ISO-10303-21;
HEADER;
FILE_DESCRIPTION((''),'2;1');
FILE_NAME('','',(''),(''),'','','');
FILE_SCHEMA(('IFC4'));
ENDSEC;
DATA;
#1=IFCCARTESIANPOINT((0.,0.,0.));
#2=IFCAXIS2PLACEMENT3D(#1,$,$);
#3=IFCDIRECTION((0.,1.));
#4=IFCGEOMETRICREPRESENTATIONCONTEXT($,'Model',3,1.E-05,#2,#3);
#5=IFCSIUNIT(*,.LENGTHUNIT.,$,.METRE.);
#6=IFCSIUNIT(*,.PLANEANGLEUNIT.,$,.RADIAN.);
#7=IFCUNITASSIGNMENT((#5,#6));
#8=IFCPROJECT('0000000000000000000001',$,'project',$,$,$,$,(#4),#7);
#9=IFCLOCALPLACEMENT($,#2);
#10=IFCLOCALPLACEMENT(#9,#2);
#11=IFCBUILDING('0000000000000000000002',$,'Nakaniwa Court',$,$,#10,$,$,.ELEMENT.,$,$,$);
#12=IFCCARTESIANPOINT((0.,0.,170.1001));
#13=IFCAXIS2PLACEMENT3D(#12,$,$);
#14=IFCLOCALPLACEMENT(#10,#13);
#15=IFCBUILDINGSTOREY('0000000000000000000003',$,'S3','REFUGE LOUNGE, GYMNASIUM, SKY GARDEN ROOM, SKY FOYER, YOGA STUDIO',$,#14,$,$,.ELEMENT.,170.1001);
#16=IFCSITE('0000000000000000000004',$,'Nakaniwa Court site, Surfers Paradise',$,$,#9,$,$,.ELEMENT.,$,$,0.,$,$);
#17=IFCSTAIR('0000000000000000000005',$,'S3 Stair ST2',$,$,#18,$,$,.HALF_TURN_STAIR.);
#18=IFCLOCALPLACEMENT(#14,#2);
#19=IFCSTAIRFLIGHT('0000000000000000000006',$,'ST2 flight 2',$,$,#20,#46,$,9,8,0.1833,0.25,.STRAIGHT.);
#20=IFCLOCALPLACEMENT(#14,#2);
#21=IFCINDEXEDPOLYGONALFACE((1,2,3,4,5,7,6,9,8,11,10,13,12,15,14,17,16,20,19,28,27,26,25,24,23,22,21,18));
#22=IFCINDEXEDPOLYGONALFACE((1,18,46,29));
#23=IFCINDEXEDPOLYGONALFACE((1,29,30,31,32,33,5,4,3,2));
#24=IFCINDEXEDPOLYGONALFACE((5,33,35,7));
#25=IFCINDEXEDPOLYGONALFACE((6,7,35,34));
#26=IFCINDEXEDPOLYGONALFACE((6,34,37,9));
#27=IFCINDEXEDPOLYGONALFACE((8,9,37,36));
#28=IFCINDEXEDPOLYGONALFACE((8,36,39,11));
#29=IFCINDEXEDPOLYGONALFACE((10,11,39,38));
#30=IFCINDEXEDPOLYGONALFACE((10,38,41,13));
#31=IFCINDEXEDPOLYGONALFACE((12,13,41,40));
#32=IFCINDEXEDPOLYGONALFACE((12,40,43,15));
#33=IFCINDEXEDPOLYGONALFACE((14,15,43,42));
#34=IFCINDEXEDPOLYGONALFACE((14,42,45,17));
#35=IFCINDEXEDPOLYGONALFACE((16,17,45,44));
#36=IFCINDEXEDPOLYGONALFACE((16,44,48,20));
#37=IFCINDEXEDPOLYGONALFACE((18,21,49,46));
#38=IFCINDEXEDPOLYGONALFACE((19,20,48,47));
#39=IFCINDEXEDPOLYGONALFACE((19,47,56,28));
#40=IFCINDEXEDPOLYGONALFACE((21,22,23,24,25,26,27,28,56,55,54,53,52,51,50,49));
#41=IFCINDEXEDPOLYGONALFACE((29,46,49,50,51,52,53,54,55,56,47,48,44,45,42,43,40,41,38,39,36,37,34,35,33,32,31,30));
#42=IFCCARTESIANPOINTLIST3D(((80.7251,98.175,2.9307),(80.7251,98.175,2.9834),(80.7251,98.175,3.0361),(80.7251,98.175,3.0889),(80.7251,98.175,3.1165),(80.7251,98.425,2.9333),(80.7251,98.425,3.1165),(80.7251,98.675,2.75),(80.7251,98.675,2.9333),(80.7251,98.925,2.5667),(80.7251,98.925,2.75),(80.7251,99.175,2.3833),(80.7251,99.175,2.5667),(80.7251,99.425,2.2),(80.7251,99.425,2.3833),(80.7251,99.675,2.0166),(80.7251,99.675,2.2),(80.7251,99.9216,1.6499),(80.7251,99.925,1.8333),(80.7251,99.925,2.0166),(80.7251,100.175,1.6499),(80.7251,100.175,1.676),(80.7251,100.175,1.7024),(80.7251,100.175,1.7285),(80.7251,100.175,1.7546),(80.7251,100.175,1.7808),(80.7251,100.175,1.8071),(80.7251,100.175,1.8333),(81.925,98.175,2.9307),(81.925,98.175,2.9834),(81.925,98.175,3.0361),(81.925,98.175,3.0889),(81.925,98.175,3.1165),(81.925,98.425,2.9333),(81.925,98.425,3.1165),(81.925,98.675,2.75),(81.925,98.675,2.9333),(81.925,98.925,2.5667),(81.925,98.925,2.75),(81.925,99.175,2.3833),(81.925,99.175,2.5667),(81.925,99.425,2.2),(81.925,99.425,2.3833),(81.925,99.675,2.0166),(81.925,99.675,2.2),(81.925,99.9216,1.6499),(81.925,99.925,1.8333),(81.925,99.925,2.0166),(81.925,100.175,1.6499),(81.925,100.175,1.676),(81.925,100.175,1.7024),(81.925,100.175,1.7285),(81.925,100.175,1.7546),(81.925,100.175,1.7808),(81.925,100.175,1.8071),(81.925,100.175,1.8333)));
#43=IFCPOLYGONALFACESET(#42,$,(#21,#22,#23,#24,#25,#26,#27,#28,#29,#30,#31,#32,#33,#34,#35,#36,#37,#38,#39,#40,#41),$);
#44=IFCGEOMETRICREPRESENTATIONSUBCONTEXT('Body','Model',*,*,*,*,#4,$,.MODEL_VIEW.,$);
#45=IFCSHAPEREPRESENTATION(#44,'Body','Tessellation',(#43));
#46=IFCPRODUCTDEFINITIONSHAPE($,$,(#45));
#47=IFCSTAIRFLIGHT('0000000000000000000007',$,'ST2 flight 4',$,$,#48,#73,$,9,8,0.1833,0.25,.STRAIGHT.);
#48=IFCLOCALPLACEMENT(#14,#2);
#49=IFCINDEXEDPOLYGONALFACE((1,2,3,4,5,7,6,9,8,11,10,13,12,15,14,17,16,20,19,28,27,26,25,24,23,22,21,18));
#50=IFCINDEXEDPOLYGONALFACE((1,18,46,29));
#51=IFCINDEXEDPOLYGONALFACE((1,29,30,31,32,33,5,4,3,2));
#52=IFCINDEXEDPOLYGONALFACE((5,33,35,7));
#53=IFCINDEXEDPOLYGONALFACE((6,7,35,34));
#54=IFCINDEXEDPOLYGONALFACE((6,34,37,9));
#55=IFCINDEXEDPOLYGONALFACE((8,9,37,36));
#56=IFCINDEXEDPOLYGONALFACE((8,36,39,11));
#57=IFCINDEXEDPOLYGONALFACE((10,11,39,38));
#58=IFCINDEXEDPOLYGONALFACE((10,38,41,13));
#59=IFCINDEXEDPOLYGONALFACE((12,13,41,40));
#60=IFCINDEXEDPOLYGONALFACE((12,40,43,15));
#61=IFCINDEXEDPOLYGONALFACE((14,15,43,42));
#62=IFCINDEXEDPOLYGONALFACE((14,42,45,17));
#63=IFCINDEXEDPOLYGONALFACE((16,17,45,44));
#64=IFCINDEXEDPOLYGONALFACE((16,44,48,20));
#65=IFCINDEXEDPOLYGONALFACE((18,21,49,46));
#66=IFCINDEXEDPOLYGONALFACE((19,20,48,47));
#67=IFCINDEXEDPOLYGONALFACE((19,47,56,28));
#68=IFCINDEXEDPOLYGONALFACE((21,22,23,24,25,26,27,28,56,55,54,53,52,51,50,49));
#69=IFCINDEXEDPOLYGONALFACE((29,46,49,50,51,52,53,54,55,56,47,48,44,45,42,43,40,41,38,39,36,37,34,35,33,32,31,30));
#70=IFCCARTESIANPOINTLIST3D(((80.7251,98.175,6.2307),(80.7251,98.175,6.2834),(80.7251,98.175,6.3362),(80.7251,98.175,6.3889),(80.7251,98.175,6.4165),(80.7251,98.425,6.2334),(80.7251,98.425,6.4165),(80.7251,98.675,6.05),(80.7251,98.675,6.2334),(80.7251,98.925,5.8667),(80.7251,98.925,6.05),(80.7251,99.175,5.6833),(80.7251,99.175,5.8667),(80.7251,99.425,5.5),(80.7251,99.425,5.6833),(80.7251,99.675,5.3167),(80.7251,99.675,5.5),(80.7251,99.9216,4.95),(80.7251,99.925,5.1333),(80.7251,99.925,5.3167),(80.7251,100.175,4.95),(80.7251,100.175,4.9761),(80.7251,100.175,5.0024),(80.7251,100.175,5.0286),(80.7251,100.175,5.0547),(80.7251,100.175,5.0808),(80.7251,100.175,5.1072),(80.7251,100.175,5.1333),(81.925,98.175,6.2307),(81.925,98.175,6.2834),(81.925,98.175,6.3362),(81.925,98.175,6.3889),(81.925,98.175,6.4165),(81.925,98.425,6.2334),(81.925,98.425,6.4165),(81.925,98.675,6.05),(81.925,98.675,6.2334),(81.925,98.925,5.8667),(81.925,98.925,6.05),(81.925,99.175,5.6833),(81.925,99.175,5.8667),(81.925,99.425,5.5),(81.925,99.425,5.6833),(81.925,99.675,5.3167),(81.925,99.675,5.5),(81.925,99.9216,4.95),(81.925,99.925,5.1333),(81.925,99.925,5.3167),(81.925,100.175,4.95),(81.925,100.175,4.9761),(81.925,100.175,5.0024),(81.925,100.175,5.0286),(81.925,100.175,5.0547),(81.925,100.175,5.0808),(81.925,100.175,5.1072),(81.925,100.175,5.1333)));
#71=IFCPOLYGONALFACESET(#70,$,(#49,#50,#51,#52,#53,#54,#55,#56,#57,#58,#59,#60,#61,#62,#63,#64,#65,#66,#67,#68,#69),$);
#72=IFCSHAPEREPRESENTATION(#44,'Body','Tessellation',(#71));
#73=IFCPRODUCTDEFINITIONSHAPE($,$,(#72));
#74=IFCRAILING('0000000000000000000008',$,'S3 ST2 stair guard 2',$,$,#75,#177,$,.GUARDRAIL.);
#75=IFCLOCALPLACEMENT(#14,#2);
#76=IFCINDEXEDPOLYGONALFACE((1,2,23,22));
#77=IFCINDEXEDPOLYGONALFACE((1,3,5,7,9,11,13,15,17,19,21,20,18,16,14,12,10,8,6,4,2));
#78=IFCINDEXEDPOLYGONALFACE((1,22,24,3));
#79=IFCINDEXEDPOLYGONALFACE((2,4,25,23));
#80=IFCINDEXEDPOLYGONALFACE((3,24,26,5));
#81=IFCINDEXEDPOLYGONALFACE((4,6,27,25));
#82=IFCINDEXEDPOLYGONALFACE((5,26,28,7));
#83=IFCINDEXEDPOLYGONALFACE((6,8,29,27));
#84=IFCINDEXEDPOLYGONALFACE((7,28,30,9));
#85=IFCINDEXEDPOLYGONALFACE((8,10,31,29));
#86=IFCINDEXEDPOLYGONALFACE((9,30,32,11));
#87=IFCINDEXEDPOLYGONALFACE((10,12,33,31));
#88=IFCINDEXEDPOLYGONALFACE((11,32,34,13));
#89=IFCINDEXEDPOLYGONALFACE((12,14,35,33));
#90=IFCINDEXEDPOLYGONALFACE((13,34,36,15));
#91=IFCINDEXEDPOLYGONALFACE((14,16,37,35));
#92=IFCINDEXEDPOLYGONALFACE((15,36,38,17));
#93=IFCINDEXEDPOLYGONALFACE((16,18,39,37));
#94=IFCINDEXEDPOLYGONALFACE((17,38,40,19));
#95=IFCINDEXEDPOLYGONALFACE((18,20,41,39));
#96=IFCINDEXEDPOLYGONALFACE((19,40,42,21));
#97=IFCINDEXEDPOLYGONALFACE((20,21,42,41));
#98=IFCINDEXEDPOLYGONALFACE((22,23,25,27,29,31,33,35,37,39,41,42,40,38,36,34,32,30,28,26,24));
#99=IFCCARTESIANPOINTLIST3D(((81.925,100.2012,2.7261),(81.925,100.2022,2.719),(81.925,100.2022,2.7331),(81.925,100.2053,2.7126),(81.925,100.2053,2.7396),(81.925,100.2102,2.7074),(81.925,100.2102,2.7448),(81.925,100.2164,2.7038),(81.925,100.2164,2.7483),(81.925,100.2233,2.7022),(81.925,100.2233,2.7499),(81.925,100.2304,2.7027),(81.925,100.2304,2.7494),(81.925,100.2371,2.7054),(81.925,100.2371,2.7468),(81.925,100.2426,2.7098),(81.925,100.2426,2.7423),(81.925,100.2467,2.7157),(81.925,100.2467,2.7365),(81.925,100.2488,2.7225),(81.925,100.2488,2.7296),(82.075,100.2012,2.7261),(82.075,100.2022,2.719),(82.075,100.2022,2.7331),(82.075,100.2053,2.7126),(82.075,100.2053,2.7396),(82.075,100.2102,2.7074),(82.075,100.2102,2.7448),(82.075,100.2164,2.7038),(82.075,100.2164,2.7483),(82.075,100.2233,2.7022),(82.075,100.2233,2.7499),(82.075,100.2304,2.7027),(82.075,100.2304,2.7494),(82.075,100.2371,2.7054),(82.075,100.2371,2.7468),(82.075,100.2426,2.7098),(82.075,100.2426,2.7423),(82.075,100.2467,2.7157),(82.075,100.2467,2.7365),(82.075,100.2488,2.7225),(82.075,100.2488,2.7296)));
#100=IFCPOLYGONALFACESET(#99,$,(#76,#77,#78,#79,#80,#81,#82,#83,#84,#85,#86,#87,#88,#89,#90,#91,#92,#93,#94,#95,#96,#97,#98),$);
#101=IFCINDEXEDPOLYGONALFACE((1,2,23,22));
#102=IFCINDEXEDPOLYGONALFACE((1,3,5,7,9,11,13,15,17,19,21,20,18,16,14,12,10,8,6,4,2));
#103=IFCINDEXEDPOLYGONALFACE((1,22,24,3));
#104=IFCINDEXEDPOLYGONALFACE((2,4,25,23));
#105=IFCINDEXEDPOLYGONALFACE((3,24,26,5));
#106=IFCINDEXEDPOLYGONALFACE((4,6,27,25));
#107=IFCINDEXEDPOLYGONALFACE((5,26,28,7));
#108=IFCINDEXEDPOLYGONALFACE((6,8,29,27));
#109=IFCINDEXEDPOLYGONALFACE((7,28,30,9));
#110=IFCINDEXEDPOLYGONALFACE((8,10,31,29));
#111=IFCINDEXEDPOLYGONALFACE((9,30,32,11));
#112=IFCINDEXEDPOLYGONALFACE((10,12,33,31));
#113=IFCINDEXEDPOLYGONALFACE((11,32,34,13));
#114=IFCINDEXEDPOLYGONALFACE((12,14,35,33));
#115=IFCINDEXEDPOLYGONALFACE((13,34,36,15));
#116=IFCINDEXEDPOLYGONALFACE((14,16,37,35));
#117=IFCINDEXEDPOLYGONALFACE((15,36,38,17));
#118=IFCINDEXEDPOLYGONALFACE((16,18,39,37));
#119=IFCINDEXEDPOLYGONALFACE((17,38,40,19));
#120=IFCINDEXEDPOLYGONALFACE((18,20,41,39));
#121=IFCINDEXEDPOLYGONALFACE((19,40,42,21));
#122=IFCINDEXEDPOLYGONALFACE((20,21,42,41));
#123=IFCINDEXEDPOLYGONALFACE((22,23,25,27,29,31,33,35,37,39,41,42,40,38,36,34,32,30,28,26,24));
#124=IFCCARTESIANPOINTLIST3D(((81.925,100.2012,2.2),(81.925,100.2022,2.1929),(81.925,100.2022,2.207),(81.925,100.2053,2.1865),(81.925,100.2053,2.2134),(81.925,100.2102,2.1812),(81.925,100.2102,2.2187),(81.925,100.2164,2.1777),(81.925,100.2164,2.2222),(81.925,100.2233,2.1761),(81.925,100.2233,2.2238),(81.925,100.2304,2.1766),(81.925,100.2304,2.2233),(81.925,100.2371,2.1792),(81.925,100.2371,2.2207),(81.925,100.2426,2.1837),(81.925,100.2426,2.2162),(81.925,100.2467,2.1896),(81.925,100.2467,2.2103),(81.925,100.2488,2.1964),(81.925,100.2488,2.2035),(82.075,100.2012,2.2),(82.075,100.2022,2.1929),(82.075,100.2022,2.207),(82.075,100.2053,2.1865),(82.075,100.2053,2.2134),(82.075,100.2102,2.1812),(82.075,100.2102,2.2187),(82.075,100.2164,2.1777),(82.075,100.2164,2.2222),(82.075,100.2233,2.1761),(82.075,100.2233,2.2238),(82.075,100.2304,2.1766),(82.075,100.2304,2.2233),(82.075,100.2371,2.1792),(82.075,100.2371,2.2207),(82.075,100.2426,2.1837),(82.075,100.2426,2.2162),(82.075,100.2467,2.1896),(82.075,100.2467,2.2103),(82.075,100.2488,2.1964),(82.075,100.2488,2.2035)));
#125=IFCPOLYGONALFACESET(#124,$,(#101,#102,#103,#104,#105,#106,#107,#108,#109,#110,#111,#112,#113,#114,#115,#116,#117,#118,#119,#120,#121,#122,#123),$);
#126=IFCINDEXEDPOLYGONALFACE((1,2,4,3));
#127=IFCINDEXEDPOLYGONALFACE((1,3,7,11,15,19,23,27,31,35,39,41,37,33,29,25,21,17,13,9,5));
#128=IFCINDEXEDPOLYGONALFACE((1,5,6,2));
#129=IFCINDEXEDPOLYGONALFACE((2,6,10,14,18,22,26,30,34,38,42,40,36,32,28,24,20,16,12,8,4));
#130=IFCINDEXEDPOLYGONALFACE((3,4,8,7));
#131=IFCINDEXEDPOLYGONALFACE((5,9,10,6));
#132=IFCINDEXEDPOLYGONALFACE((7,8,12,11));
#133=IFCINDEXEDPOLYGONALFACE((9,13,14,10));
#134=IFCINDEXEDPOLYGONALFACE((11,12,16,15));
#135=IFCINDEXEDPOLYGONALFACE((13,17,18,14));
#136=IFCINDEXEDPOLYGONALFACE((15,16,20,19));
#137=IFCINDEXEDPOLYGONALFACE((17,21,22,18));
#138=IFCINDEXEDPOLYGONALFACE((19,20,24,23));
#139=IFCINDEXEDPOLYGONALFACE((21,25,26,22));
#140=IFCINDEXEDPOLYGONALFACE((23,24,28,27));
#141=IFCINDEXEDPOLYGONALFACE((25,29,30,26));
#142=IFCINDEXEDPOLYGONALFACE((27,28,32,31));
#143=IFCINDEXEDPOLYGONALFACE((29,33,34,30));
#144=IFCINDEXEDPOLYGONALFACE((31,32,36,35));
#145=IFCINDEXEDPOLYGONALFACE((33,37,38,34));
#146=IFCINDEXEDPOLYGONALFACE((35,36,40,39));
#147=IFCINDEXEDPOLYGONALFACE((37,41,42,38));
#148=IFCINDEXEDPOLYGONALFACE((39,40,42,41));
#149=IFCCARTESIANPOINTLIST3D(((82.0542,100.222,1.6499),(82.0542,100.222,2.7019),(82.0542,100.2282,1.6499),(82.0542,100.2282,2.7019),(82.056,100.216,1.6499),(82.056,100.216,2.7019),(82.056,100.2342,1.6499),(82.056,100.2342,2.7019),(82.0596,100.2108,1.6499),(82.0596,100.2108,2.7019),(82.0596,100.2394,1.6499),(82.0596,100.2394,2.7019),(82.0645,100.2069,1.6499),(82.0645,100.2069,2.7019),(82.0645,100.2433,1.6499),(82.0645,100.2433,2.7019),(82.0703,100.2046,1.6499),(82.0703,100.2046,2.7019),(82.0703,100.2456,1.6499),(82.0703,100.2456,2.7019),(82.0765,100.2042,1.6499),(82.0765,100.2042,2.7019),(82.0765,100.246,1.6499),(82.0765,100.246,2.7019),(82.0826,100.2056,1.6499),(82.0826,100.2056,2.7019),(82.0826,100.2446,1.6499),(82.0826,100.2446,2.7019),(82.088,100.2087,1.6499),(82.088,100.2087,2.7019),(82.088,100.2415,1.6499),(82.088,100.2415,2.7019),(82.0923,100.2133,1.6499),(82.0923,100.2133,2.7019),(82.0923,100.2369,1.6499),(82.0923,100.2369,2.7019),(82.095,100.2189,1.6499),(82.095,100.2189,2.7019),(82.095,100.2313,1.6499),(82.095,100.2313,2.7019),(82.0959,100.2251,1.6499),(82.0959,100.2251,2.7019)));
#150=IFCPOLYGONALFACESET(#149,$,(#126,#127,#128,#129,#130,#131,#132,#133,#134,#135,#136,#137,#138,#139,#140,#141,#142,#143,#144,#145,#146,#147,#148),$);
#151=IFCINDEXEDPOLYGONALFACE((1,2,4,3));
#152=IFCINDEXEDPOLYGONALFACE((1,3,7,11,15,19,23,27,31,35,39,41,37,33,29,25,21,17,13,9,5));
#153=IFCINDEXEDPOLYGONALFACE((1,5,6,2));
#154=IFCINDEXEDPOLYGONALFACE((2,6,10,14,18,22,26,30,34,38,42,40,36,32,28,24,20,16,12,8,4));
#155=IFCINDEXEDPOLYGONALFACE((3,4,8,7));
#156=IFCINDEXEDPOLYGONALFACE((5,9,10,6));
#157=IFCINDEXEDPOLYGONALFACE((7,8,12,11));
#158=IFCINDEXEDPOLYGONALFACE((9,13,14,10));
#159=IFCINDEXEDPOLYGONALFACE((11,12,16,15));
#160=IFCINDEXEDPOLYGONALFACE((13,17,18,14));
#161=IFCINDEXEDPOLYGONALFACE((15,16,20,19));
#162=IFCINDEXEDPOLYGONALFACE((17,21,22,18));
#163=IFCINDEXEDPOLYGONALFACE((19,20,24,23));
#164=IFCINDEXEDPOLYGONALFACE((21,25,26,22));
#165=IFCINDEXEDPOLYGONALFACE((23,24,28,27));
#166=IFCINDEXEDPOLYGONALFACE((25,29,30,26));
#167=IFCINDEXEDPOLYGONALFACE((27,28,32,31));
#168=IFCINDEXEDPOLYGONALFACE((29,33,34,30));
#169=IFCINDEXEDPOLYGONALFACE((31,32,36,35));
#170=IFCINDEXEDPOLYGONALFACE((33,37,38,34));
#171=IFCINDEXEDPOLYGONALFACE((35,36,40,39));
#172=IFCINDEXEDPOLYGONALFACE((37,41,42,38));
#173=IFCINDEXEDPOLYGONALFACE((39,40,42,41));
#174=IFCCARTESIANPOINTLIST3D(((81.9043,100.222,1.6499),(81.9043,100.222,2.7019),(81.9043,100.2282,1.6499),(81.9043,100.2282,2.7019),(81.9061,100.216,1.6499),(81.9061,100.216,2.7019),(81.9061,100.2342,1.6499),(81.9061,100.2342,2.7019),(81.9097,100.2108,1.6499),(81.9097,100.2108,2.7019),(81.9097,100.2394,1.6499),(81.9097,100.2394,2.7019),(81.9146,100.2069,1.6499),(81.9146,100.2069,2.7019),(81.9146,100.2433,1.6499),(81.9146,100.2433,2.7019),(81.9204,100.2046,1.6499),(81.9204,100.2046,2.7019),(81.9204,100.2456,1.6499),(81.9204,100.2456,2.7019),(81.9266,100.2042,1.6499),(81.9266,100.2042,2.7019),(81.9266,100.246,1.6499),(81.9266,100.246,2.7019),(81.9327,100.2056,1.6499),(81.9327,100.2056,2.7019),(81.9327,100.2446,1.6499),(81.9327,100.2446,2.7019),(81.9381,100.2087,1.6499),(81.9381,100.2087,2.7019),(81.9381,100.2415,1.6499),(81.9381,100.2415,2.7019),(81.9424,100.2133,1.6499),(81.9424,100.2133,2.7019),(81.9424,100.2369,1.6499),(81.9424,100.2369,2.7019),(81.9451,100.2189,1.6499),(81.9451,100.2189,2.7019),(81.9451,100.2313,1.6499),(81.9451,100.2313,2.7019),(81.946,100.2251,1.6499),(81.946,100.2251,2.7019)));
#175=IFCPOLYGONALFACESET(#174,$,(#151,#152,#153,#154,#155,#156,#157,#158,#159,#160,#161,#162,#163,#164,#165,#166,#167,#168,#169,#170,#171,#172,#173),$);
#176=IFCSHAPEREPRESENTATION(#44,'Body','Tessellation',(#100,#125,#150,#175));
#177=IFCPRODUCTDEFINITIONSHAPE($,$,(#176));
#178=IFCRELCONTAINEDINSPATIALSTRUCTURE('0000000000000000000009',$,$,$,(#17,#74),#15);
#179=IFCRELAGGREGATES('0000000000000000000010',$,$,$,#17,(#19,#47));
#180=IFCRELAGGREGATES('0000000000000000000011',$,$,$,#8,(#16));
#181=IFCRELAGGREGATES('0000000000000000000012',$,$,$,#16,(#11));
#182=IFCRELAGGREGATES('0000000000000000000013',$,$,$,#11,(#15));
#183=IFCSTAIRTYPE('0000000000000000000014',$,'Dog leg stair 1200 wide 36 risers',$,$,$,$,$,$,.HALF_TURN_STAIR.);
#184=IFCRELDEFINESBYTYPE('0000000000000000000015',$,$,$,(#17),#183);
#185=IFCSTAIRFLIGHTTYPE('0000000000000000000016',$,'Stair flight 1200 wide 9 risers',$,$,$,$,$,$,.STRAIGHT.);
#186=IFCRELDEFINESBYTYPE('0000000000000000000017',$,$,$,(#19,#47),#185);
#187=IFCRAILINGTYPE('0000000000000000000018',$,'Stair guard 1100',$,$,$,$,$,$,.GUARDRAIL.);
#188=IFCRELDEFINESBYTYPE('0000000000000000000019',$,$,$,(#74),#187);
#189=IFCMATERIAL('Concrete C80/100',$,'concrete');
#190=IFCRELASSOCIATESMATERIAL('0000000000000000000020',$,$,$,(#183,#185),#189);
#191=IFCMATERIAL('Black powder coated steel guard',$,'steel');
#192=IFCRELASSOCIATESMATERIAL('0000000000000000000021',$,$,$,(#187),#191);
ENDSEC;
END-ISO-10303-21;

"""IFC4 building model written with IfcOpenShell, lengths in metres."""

from ifc_helpers import new_model, si_unit, direction, frame, origin, origin_2d, place, context, subcontext, project, spatial, polyline, circle, outline, extrude, material, type_object, element, aggregate, save


model = new_model("IFC4")

# Units and contexts
model_context = context("Model", 3, precision=1e-05, world=origin(), true_north=direction((0.0, 1.0)))
body_context = subcontext(model_context, "Body", "Model", "MODEL_VIEW")
ifc_project = project(units=[si_unit("LENGTHUNIT", "METRE"), si_unit("PLANEANGLEUNIT", "RADIAN")], contexts=[model_context])

# Site, building, storey
site_placement = place(None, origin())
site = spatial("IfcSite", under=ifc_project, at=site_placement, Name="Nakaniwa Court site, Surfers Paradise", CompositionType="ELEMENT", RefElevation=0.0)
building_placement = place(site_placement, origin())
building = spatial("IfcBuilding", under=site, at=building_placement, Name="Nakaniwa Court", CompositionType="ELEMENT")
storey_placement = place(building_placement, frame((0.0, 0.0, 170.1001)))
storey = spatial("IfcBuildingStorey", under=building, at=storey_placement, Name="S3", Description="REFUGE LOUNGE, GYMNASIUM, SKY GARDEN ROOM, SKY FOYER, YOGA STUDIO", CompositionType="ELEMENT", Elevation=170.1001)

# Shared definitions
ifc_material_1 = material(Name="Concrete C80/100", Category="concrete")

# Stair, stair flights
stair_type = type_object("IfcStairType", Name="Dog leg stair 1200 wide 36 risers", PredefinedType="HALF_TURN_STAIR", material=ifc_material_1)
stair_placement = place(storey_placement, origin())
stair = element("IfcStair", 1, at=stair_placement, inside=storey, type_object=stair_type, Name="S3 Stair ST2", PredefinedType="HALF_TURN_STAIR")
stair_flight_type = type_object("IfcStairFlightType", Name="Stair flight 1200 wide 9 risers", PredefinedType="STRAIGHT", material=ifc_material_1)
stair_flight_1_placement = place(storey_placement, frame((81.325, 100.175, 1.6499), z_axis=(0.0, 0.0, 1.0), x_axis=(0.0, -1.0, 0.0)))
stair_flight_1 = element("IfcStairFlight", 2, at=stair_flight_1_placement, type_object=stair_flight_type, Name="ST2 flight 2", NumberOfRisers=9, NumberOfTreads=8, PredefinedType="STRAIGHT", RiserHeight=0.1833, TreadLength=0.25, context=body_context, shape_type="SweptSolid", body=[
    extrude(outline(polyline([(0.0, 0.0), (0.0, 0.0261), (0.0, 0.0525), (0.0, 0.0786), (0.0, 0.1047), (0.0, 0.1309), (0.0, 0.1572), (0.0, 0.1833), (0.25, 0.1833), (0.25, 0.3667), (0.5, 0.3667), (0.5, 0.55), (0.75, 0.55), (0.75, 0.7334), (1.0, 0.7334), (1.0, 0.9167), (1.25, 0.9167), (1.25, 1.1001), (1.5, 1.1001), (1.5, 1.2834), (1.75, 1.2834), (1.75, 1.4666), (2.0, 1.4666), (2.0, 1.6499), (2.0, 1.5972), (2.0, 1.5444), (2.0, 1.4917), (2.0, 1.439), (2.0, 1.3862), (2.0, 1.3335), (2.0, 1.2808), (0.2534, 0.0), (0.0, 0.0)])), frame((0.0, 0.6001, 0.0), z_axis=(0.0, -1.0, 0.0), x_axis=(1.0, 0.0, 0.0)), (0.0, 0.0, 1.0), 1.2),
])
stair_flight_2_placement = place(storey_placement, frame((81.325, 100.175, 4.95), z_axis=(0.0, 0.0, 1.0), x_axis=(0.0, -1.0, 0.0)))
stair_flight_2 = element("IfcStairFlight", 3, at=stair_flight_2_placement, type_object=stair_flight_type, Name="ST2 flight 4", NumberOfRisers=9, NumberOfTreads=8, PredefinedType="STRAIGHT", RiserHeight=0.1833, TreadLength=0.25, context=body_context, shape_type="SweptSolid", body=[
    extrude(outline(polyline([(0.0, 0.0), (0.0, 0.0261), (0.0, 0.0525), (0.0, 0.0786), (0.0, 0.1047), (0.0, 0.1309), (0.0, 0.1572), (0.0, 0.1833), (0.25, 0.1833), (0.25, 0.3667), (0.5, 0.3667), (0.5, 0.55), (0.75, 0.55), (0.75, 0.7334), (1.0, 0.7334), (1.0, 0.9167), (1.25, 0.9167), (1.25, 1.1001), (1.5, 1.1001), (1.5, 1.2834), (1.75, 1.2834), (1.75, 1.4666), (2.0, 1.4666), (2.0, 1.6499), (2.0, 1.5972), (2.0, 1.5444), (2.0, 1.4917), (2.0, 1.439), (2.0, 1.3862), (2.0, 1.3335), (2.0, 1.2808), (0.2534, 0.0), (0.0, 0.0)])), frame((0.0, 0.6001, 0.0), z_axis=(0.0, -1.0, 0.0), x_axis=(1.0, 0.0, 0.0)), (0.0, 0.0, 1.0), 1.2),
])
aggregate(stair, [stair_flight_1, stair_flight_2])

# Railing
ifc_material_2 = material(Name="Black powder coated steel guard", Category="steel")
railing_type_1 = type_object("IfcRailingType", Name="Stair guard 1100", PredefinedType="GUARDRAIL", material=ifc_material_2)
railing_1_placement = place(storey_placement, frame((82.075, 100.2251, 1.6499)))
element("IfcRailing", 4, at=railing_1_placement, inside=storey, type_object=railing_type_1, Name="S3 ST2 stair guard 2", PredefinedType="GUARDRAIL", context=body_context, shape_type="SweptSolid", body=[
    extrude(circle(Radius=0.0239, at=origin_2d()), frame((0.0, 0.0, 1.0762), z_axis=(-1.0, 0.0, 0.0), x_axis=(0.0, -1.0, 0.0)), (0.0, 0.0, 1.0), 0.1499),
    extrude(circle(Radius=0.0239, at=origin_2d()), frame((0.0, 0.0, 0.55), z_axis=(-1.0, 0.0, 0.0), x_axis=(0.0, -1.0, 0.0)), (0.0, 0.0, 1.0), 0.1499),
    extrude(circle(Radius=0.021, at=origin_2d()), origin(), (0.0, 0.0, 1.0), 1.052),
    extrude(circle(Radius=0.021, at=origin_2d()), frame((-0.1499, 0.0, 0.0)), (0.0, 0.0, 1.0), 1.052),
])

save(model, "model.ifc")
